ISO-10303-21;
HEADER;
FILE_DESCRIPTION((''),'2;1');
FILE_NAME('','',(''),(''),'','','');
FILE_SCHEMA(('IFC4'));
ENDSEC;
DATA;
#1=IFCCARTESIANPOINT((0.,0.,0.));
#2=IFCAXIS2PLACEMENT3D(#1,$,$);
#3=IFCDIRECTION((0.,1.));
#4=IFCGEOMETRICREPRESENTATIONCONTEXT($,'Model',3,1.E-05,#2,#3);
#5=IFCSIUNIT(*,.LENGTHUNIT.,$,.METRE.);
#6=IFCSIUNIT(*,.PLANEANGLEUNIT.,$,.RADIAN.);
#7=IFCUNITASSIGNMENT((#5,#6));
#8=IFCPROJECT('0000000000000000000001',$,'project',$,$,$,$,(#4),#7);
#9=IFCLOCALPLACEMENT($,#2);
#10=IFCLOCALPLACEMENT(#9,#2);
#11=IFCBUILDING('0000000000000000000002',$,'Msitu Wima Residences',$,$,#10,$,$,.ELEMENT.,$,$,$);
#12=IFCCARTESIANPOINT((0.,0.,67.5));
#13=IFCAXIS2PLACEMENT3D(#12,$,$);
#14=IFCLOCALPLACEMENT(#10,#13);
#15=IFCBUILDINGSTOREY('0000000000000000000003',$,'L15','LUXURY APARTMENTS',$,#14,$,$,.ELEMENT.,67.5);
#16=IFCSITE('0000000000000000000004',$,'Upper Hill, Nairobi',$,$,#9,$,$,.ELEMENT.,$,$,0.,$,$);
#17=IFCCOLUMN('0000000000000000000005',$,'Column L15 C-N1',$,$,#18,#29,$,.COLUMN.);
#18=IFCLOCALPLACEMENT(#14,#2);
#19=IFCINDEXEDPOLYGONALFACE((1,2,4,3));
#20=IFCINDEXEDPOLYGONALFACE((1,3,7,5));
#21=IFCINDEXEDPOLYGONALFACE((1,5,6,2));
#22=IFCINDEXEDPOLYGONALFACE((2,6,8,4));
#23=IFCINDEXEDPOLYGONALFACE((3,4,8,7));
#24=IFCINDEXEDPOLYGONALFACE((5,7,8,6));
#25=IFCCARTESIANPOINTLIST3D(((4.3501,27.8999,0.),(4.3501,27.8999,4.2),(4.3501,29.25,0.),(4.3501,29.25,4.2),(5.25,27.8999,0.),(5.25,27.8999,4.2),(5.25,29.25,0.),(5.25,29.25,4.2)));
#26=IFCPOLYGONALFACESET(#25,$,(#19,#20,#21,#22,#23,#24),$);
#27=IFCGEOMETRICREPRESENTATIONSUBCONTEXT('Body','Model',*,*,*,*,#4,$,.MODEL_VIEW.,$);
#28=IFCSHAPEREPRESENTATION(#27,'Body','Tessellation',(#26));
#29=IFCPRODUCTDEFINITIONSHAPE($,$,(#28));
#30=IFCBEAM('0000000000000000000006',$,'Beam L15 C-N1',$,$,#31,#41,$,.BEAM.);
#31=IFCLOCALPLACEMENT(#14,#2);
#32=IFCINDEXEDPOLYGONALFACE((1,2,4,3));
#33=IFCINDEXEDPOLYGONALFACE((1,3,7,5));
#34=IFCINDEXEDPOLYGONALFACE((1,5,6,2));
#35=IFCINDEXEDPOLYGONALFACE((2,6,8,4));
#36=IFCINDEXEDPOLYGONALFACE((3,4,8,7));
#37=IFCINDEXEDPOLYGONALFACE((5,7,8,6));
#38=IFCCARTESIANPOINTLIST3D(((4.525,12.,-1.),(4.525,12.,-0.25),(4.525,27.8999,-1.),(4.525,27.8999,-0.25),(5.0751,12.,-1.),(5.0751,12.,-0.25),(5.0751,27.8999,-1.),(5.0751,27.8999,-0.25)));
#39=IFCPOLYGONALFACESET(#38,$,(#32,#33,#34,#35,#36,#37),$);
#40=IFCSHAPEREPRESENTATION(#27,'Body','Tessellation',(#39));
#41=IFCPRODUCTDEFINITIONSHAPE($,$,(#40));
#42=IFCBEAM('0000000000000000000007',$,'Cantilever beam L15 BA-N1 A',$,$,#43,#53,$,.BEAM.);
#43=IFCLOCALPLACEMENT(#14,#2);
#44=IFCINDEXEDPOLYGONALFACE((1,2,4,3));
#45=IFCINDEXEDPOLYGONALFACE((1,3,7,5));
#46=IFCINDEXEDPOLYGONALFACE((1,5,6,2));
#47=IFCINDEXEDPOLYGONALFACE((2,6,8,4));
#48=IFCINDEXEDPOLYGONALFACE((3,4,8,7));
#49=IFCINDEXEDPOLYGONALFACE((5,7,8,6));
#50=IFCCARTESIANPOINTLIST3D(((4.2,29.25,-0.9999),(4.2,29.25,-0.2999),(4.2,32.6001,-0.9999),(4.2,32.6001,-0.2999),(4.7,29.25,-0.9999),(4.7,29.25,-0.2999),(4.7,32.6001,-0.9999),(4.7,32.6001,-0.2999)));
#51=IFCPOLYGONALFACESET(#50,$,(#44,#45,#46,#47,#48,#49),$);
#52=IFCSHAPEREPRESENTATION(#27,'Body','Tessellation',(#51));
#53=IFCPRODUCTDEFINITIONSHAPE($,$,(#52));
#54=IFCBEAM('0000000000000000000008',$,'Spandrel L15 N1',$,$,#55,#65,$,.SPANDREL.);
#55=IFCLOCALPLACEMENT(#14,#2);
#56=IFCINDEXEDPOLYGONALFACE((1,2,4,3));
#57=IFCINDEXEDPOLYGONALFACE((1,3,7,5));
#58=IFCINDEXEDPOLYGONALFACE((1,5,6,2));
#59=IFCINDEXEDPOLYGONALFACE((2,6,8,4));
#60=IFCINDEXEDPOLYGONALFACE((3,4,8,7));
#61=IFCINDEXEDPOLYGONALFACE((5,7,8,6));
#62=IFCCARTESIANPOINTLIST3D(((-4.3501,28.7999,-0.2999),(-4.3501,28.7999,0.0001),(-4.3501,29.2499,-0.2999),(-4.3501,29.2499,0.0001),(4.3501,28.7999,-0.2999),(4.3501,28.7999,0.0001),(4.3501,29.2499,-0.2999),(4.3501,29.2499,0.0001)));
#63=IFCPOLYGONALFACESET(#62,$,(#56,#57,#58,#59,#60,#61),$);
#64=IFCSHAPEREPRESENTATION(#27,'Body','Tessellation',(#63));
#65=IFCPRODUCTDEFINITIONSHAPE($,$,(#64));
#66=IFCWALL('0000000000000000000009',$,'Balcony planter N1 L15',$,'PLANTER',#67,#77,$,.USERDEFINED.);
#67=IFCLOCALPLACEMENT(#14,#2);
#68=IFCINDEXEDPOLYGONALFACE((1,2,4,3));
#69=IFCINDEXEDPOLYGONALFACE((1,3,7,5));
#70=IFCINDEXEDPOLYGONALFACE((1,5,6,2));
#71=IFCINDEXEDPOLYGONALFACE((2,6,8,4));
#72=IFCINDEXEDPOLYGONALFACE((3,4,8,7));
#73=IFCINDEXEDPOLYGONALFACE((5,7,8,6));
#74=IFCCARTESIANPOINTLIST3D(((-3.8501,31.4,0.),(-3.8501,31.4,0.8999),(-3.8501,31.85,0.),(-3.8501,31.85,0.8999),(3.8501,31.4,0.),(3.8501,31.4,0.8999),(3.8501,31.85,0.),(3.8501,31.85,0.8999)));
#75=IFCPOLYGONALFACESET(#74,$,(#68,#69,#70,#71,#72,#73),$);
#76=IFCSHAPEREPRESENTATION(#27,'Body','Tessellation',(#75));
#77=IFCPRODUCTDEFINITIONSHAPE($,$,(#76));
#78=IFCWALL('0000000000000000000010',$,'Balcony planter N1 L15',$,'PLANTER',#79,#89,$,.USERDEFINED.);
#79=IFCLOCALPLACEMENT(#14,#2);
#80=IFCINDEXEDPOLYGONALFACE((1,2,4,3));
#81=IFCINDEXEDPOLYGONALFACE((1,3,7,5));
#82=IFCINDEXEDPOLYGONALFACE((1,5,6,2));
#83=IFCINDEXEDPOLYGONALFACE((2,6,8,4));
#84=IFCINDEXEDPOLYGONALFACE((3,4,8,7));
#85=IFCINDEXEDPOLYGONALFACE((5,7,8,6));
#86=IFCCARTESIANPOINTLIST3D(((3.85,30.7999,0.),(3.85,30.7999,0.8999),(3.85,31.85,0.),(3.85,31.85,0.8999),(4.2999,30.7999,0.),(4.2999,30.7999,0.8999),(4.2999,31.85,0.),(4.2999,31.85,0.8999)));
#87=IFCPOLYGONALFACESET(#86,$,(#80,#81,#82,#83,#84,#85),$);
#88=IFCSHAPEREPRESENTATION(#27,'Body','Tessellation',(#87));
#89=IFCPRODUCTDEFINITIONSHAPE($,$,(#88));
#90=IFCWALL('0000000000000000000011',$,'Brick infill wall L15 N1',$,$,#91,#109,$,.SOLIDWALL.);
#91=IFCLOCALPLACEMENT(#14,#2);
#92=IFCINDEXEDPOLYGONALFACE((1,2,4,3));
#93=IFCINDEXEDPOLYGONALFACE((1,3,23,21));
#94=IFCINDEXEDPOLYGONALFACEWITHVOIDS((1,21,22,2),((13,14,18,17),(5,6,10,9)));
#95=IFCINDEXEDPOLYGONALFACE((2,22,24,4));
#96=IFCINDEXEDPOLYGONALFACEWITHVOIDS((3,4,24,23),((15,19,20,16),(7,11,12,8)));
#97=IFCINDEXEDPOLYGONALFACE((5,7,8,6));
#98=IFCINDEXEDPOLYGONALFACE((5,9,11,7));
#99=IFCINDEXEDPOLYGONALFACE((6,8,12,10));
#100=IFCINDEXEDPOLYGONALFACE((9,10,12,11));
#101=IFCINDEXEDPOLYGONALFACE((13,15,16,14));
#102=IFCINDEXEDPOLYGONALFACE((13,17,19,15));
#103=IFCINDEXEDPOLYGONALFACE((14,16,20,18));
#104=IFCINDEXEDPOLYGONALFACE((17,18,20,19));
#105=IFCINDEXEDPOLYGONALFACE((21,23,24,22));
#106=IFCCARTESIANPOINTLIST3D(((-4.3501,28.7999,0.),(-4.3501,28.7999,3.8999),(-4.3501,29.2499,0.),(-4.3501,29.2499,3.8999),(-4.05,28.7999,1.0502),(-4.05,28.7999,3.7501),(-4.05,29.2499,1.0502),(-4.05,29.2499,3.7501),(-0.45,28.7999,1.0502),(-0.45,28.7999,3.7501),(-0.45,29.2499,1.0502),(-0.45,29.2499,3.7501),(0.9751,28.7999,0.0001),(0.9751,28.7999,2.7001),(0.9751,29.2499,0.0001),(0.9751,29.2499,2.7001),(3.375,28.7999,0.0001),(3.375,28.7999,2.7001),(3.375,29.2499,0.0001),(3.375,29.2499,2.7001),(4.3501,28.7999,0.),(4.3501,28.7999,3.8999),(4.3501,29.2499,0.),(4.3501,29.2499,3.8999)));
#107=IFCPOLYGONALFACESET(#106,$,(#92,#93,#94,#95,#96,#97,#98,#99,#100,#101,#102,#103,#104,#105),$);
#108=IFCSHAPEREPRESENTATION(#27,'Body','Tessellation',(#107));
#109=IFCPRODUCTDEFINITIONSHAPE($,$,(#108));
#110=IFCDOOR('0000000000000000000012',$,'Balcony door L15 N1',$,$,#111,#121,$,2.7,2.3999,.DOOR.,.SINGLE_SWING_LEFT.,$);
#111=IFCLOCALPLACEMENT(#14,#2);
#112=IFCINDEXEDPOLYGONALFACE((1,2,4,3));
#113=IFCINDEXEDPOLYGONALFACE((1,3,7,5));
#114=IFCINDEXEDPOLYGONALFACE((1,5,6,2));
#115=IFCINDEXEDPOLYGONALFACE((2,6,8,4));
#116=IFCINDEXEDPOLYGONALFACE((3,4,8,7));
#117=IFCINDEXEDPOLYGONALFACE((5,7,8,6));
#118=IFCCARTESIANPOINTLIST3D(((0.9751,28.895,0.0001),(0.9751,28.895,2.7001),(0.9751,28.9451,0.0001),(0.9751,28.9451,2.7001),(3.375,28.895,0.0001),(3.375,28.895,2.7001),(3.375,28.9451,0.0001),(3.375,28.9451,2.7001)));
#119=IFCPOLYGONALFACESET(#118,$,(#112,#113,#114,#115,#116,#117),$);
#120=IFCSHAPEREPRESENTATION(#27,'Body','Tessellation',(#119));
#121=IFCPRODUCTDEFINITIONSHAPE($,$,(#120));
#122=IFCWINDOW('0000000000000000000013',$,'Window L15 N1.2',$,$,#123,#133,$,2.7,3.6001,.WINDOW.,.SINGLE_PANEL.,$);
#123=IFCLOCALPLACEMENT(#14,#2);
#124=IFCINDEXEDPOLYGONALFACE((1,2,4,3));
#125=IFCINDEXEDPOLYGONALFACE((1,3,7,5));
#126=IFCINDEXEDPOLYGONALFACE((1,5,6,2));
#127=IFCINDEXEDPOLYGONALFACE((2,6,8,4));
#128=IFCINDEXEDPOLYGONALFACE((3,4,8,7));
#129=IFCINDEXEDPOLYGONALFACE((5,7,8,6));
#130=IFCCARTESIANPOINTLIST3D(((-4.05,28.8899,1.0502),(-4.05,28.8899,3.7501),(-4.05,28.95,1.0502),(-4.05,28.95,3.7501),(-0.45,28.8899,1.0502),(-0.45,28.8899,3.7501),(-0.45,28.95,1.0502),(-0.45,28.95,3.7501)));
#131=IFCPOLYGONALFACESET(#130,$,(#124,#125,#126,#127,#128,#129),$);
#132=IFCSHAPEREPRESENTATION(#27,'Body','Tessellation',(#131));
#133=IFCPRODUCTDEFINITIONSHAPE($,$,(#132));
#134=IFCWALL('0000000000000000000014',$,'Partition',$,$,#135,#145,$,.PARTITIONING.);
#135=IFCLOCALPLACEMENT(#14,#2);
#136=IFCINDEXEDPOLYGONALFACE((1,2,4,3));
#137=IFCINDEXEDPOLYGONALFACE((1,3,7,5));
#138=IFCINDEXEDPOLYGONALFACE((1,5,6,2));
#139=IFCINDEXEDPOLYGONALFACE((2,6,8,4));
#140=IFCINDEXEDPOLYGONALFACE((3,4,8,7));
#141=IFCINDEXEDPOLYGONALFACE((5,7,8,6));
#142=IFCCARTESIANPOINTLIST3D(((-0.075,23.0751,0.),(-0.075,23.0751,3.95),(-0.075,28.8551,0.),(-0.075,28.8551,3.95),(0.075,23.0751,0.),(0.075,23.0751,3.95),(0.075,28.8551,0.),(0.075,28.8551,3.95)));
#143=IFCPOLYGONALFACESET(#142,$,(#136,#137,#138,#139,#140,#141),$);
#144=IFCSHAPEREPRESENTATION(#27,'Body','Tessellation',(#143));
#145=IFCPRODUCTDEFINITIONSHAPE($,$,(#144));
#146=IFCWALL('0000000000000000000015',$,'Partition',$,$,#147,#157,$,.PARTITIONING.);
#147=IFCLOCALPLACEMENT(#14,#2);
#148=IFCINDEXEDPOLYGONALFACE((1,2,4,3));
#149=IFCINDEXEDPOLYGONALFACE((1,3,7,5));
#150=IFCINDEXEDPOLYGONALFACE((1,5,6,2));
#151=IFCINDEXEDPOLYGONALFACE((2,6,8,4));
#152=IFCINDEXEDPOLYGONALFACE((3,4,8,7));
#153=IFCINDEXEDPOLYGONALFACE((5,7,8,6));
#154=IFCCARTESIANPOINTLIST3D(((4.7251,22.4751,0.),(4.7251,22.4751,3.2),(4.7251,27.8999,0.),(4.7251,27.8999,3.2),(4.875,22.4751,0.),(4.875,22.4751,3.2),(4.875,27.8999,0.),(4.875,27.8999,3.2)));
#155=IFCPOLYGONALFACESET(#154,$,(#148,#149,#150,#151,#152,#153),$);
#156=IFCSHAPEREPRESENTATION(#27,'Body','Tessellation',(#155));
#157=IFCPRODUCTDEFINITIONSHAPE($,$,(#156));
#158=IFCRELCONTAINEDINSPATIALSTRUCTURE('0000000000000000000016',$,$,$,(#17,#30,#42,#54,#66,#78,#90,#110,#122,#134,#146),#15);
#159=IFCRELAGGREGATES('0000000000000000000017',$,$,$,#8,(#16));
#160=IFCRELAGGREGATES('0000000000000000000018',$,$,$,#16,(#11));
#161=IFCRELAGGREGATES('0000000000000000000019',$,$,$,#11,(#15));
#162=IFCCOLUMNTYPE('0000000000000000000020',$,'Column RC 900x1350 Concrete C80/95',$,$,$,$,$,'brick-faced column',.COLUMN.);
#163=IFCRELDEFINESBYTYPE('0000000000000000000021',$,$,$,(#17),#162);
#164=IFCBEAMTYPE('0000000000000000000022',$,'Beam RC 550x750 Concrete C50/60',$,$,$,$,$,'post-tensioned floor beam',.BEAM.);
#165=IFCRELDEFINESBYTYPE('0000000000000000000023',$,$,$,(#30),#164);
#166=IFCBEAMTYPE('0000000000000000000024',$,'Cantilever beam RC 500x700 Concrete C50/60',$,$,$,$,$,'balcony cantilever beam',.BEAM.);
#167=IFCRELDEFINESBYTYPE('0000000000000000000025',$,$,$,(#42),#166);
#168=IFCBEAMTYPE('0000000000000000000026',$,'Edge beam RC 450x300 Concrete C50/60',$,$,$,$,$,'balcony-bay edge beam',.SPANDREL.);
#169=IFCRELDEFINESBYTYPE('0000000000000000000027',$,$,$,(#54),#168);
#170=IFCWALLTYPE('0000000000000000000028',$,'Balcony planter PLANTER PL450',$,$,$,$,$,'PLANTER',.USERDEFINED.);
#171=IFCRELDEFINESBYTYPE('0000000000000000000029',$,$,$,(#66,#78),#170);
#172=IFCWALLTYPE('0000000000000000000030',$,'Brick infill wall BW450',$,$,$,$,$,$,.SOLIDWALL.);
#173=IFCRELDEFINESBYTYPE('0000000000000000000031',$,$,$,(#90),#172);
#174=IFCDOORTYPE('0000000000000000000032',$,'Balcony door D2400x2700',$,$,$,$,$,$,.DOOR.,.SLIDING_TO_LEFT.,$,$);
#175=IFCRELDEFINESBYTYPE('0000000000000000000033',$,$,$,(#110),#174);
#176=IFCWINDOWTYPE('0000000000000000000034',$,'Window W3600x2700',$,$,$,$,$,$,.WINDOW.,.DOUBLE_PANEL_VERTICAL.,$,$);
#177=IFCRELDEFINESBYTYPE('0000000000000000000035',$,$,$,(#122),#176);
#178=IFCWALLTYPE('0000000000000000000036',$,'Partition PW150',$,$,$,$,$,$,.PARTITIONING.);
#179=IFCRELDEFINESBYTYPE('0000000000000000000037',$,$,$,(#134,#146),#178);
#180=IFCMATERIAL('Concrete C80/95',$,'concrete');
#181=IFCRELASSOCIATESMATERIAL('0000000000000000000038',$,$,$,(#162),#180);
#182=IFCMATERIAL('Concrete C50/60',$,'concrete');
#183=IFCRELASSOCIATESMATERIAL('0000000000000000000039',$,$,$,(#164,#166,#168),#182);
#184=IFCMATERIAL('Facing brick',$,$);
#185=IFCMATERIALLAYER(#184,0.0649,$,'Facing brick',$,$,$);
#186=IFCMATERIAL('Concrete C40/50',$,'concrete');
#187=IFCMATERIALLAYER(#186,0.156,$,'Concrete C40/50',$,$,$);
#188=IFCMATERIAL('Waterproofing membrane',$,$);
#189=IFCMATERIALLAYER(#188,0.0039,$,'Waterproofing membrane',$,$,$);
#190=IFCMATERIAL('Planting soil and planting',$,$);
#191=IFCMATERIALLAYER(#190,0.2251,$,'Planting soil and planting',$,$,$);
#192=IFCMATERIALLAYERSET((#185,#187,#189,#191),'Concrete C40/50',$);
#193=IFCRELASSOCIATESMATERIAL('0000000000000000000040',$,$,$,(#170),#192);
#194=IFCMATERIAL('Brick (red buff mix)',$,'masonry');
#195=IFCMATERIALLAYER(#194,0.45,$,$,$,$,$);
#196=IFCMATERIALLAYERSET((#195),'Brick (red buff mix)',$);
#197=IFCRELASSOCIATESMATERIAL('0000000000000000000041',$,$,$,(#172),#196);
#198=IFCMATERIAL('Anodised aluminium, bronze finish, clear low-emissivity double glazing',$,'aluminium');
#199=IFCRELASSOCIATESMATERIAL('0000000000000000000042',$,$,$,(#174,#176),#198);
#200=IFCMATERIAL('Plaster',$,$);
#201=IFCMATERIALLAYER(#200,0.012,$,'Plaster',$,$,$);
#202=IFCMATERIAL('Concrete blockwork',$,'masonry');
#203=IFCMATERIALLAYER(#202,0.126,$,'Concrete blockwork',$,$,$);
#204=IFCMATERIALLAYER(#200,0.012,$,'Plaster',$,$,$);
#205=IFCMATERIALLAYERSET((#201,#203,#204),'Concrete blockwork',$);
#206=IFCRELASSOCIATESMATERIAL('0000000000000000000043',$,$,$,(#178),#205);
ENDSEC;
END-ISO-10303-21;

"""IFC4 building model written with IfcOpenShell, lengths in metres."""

from ifc_helpers import new_model, si_unit, direction, frame, frame_2d, origin, origin_2d, place, context, subcontext, project, spatial, rectangle, extrude, material, layer, layer_set, material_profile, profile_set, type_object, element, fill, save


model = new_model("IFC4")

# Units and contexts
model_context = context("Model", 3, precision=1e-05, world=origin(), true_north=direction((0.0, 1.0)))
body_context = subcontext(model_context, "Body", "Model", "MODEL_VIEW")
ifc_project = project(units=[si_unit("LENGTHUNIT", "METRE"), si_unit("PLANEANGLEUNIT", "RADIAN")], contexts=[model_context])

# Site, building, storey
site_placement = place(None, origin())
site = spatial("IfcSite", under=ifc_project, at=site_placement, Name="Upper Hill, Nairobi", CompositionType="ELEMENT", RefElevation=0.0)
building_placement = place(site_placement, origin())
building = spatial("IfcBuilding", under=site, at=building_placement, Name="Msitu Wima Residences", CompositionType="ELEMENT")
storey_placement = place(building_placement, frame((0.0, 0.0, 67.5)))
storey = spatial("IfcBuildingStorey", under=building, at=storey_placement, Name="L15", Description="LUXURY APARTMENTS", CompositionType="ELEMENT", Elevation=67.5)

# Column
ifc_material_1 = material(Name="Concrete C80/95", Category="concrete")
ifc_material_profile_1 = material_profile(ifc_material_1, rectangle(XDim=0.8999, YDim=1.3501, at=origin_2d()), Name="RC 900x1350")
ifc_profile_set_1 = profile_set([ifc_material_profile_1], Name="Concrete C80/95")
column_type = type_object("IfcColumnType", Name="Column RC 900x1350 Concrete C80/95", ElementType="brick-faced column", PredefinedType="COLUMN", material=ifc_profile_set_1)
column_placement = place(storey_placement, frame((4.8, 28.575, 0.0), z_axis=(0.0, 0.0, 1.0), x_axis=(-1.0, 0.0, 0.0)))
element("IfcColumn", 1, at=column_placement, inside=storey, type_object=column_type, Name="Column L15 C-N1", PredefinedType="COLUMN", context=body_context, shape_type="SweptSolid", body=[
    extrude(rectangle(XDim=0.8999, YDim=1.3501, at=origin_2d()), origin(), (0.0, 0.0, 1.0), 4.2),
])

# Beams
ifc_material_2 = material(Name="Concrete C50/60", Category="concrete")
ifc_material_profile_2 = material_profile(ifc_material_2, rectangle(XDim=0.55, YDim=0.75, at=origin_2d()), Name="RC 550x750")
ifc_profile_set_2 = profile_set([ifc_material_profile_2], Name="Concrete C50/60")
beam_type_1 = type_object("IfcBeamType", Name="Beam RC 550x750 Concrete C50/60", ElementType="post-tensioned floor beam", PredefinedType="BEAM", material=ifc_profile_set_2)
beam_1_placement = place(storey_placement, frame((4.8, 27.8999, -0.625), z_axis=(0.0, -1.0, 0.0), x_axis=(1.0, 0.0, 0.0)))
element("IfcBeam", 2, at=beam_1_placement, inside=storey, type_object=beam_type_1, Name="Beam L15 C-N1", PredefinedType="BEAM", context=body_context, shape_type="SweptSolid", body=[
    extrude(rectangle(XDim=0.55, YDim=0.75, at=origin_2d()), origin(), (0.0, 0.0, 1.0), 15.8999),
])
ifc_material_profile_3 = material_profile(ifc_material_2, rectangle(XDim=0.5, YDim=0.7, at=origin_2d()), Name="RC 500x700")
ifc_profile_set_3 = profile_set([ifc_material_profile_3], Name="Concrete C50/60")
beam_type_2 = type_object("IfcBeamType", Name="Cantilever beam RC 500x700 Concrete C50/60", ElementType="balcony cantilever beam", PredefinedType="BEAM", material=ifc_profile_set_3)
beam_2_placement = place(storey_placement, frame((4.45, 29.25, -0.6499), z_axis=(0.0, 1.0, 0.0), x_axis=(-1.0, 0.0, 0.0)))
element("IfcBeam", 3, at=beam_2_placement, inside=storey, type_object=beam_type_2, Name="Cantilever beam L15 BA-N1 A", PredefinedType="BEAM", context=body_context, shape_type="SweptSolid", body=[
    extrude(rectangle(XDim=0.5, YDim=0.7, at=origin_2d()), origin(), (0.0, 0.0, 1.0), 3.3501),
])
ifc_material_profile_4 = material_profile(ifc_material_2, rectangle(XDim=0.45, YDim=0.3, at=origin_2d()), Name="RC 450x300")
ifc_profile_set_4 = profile_set([ifc_material_profile_4], Name="Concrete C50/60")
beam_type_3 = type_object("IfcBeamType", Name="Edge beam RC 450x300 Concrete C50/60", ElementType="balcony-bay edge beam", PredefinedType="SPANDREL", material=ifc_profile_set_4)
beam_3_placement = place(storey_placement, frame((4.3501, 29.0249, -0.1499), z_axis=(-1.0, 0.0, 0.0), x_axis=(0.0, -1.0, 0.0)))
element("IfcBeam", 4, at=beam_3_placement, inside=storey, type_object=beam_type_3, Name="Spandrel L15 N1", PredefinedType="SPANDREL", context=body_context, shape_type="SweptSolid", body=[
    extrude(rectangle(XDim=0.45, YDim=0.3, at=origin_2d()), origin(), (0.0, 0.0, 1.0), 8.7002),
])

# Walls
ifc_material_3 = material(Name="Facing brick")
ifc_layer_1 = layer(ifc_material_3, 0.0649, Name="Facing brick")
ifc_material_4 = material(Name="Concrete C40/50", Category="concrete")
ifc_layer_2 = layer(ifc_material_4, 0.156, Name="Concrete C40/50")
ifc_material_5 = material(Name="Waterproofing membrane")
ifc_layer_3 = layer(ifc_material_5, 0.0039, Name="Waterproofing membrane")
ifc_material_6 = material(Name="Planting soil and planting")
ifc_layer_4 = layer(ifc_material_6, 0.2251, Name="Planting soil and planting")
ifc_layer_set_1 = layer_set([ifc_layer_1, ifc_layer_2, ifc_layer_3, ifc_layer_4], Name="Concrete C40/50")
wall_type_1 = type_object("IfcWallType", Name="Balcony planter PLANTER PL450", ElementType="PLANTER", PredefinedType="USERDEFINED", material=ifc_layer_set_1)
wall_1_placement = place(storey_placement, frame((3.8501, 31.625, 0.0), z_axis=(0.0, 0.0, 1.0), x_axis=(-1.0, 0.0, 0.0)))
element("IfcWall", 5, at=wall_1_placement, inside=storey, type_object=wall_type_1, Name="Balcony planter N1 L15", ObjectType="PLANTER", PredefinedType="USERDEFINED", context=body_context, shape_type="SweptSolid", body=[
    extrude(rectangle(XDim=7.7002, YDim=0.45, at=frame_2d((3.8501, 0.0))), origin(), (0.0, 0.0, 1.0), 0.8999),
])
wall_2_placement = place(storey_placement, frame((4.075, 30.8, 0.0), z_axis=(0.0, 0.0, 1.0), x_axis=(0.0, 1.0, 0.0)))
element("IfcWall", 6, at=wall_2_placement, inside=storey, type_object=wall_type_1, Name="Balcony planter N1 L15", ObjectType="PLANTER", PredefinedType="USERDEFINED", context=body_context, shape_type="SweptSolid", body=[
    extrude(rectangle(XDim=1.05, YDim=0.45, at=frame_2d((0.5249, 0.0))), origin(), (0.0, 0.0, 1.0), 0.8999),
])

# Wall, openings, door, window
ifc_material_7 = material(Name="Brick (red buff mix)", Category="masonry")
ifc_layer_5 = layer(ifc_material_7, 0.45)
ifc_layer_set_2 = layer_set([ifc_layer_5], Name="Brick (red buff mix)")
wall_type_2 = type_object("IfcWallType", Name="Brick infill wall BW450", PredefinedType="SOLIDWALL", material=ifc_layer_set_2)
wall_3_placement = place(storey_placement, frame((4.3501, 29.0249, 0.0), z_axis=(0.0, 0.0, 1.0), x_axis=(-1.0, 0.0, 0.0)))
wall_3 = element("IfcWall", 7, at=wall_3_placement, inside=storey, type_object=wall_type_2, Name="Brick infill wall L15 N1", PredefinedType="SOLIDWALL", context=body_context, shape_type="SweptSolid", body=[
    extrude(rectangle(XDim=8.7002, YDim=0.45, at=frame_2d((4.3501, 0.0))), origin(), (0.0, 0.0, 1.0), 3.8999),
])
opening_1_placement = place(wall_3_placement, frame((0.9751, 0.0, 0.0)))
opening_1 = element("IfcOpeningElement", 8, at=opening_1_placement, cuts=wall_3, PredefinedType="OPENING", context=body_context, shape_type="SweptSolid", body=[
    extrude(rectangle(XDim=2.3999, YDim=2.7, at=frame_2d((1.2, 1.3501))), frame((0.0, 0.2349, 0.0), z_axis=(0.0, -1.0, 0.0), x_axis=(1.0, 0.0, 0.0)), (0.0, 0.0, 1.0), 0.47),
])
opening_2_placement = place(wall_3_placement, frame((4.8, 0.0, 1.05)))
opening_2 = element("IfcOpeningElement", 9, at=opening_2_placement, cuts=wall_3, PredefinedType="OPENING", context=body_context, shape_type="SweptSolid", body=[
    extrude(rectangle(XDim=3.6001, YDim=2.7, at=frame_2d((1.8, 1.3501))), frame((0.0, 0.2349, 0.0), z_axis=(0.0, -1.0, 0.0), x_axis=(1.0, 0.0, 0.0)), (0.0, 0.0, 1.0), 0.47),
])
ifc_material_8 = material(Name="Anodised aluminium, bronze finish, clear low-emissivity double glazing", Category="aluminium")
door_type_1 = type_object("IfcDoorType", Name="Balcony door D2400x2700", OperationType="SLIDING_TO_LEFT", PredefinedType="DOOR", material=ifc_material_8)
door_1_placement = place(opening_1_placement, origin())
door_1 = element("IfcDoor", 10, at=door_1_placement, inside=storey, type_object=door_type_1, Name="Balcony door L15 N1", OperationType="SINGLE_SWING_LEFT", OverallHeight=2.7, OverallWidth=2.3999, PredefinedType="DOOR", context=body_context, shape_type="SweptSolid", body=[
    extrude(rectangle(XDim=2.3999, YDim=2.7, at=frame_2d((1.2, 1.3501))), frame((0.0, 0.1299, 0.0), z_axis=(0.0, -1.0, 0.0), x_axis=(1.0, 0.0, 0.0)), (0.0, 0.0, 1.0), 0.05),
])
fill(opening_1, door_1)
window_type = type_object("IfcWindowType", Name="Window W3600x2700", PartitioningType="DOUBLE_PANEL_VERTICAL", PredefinedType="WINDOW", material=ifc_material_8)
window_placement = place(opening_2_placement, origin())
window = element("IfcWindow", 11, at=window_placement, inside=storey, type_object=window_type, Name="Window L15 N1.2", OverallHeight=2.7, OverallWidth=3.6001, PartitioningType="SINGLE_PANEL", PredefinedType="WINDOW", context=body_context, shape_type="SweptSolid", body=[
    extrude(rectangle(XDim=3.6001, YDim=2.7, at=frame_2d((1.8, 1.3501))), frame((0.0, 0.135, 0.0), z_axis=(0.0, -1.0, 0.0), x_axis=(1.0, 0.0, 0.0)), (0.0, 0.0, 1.0), 0.0601),
])
fill(opening_2, window)

# Walls
ifc_material_9 = material(Name="Plaster")
ifc_layer_6 = layer(ifc_material_9, 0.012, Name="Plaster")
ifc_material_10 = material(Name="Concrete blockwork", Category="masonry")
ifc_layer_7 = layer(ifc_material_10, 0.126, Name="Concrete blockwork")
ifc_layer_8 = layer(ifc_material_9, 0.012, Name="Plaster")
ifc_layer_set_3 = layer_set([ifc_layer_6, ifc_layer_7, ifc_layer_8], Name="Concrete blockwork")
wall_type_3 = type_object("IfcWallType", Name="Partition PW150", PredefinedType="PARTITIONING", material=ifc_layer_set_3)
wall_4_placement = place(storey_placement, frame((0.0, 23.075, 0.0), z_axis=(0.0, 0.0, 1.0), x_axis=(0.0, 1.0, 0.0)))
element("IfcWall", 12, at=wall_4_placement, inside=storey, type_object=wall_type_3, Name="Partition", PredefinedType="PARTITIONING", context=body_context, shape_type="SweptSolid", body=[
    extrude(rectangle(XDim=5.78, YDim=0.1499, at=frame_2d((2.8901, 0.0))), origin(), (0.0, 0.0, 1.0), 3.95),
])
wall_5_placement = place(storey_placement, frame((4.8, 22.4751, 0.0), z_axis=(0.0, 0.0, 1.0), x_axis=(0.0, 1.0, 0.0)))
element("IfcWall", 13, at=wall_5_placement, inside=storey, type_object=wall_type_3, Name="Partition", PredefinedType="PARTITIONING", context=body_context, shape_type="SweptSolid", body=[
    extrude(rectangle(XDim=5.4248, YDim=0.1499, at=frame_2d((2.7124, 0.0))), origin(), (0.0, 0.0, 1.0), 3.2),
])

save(model, "model.ifc")
